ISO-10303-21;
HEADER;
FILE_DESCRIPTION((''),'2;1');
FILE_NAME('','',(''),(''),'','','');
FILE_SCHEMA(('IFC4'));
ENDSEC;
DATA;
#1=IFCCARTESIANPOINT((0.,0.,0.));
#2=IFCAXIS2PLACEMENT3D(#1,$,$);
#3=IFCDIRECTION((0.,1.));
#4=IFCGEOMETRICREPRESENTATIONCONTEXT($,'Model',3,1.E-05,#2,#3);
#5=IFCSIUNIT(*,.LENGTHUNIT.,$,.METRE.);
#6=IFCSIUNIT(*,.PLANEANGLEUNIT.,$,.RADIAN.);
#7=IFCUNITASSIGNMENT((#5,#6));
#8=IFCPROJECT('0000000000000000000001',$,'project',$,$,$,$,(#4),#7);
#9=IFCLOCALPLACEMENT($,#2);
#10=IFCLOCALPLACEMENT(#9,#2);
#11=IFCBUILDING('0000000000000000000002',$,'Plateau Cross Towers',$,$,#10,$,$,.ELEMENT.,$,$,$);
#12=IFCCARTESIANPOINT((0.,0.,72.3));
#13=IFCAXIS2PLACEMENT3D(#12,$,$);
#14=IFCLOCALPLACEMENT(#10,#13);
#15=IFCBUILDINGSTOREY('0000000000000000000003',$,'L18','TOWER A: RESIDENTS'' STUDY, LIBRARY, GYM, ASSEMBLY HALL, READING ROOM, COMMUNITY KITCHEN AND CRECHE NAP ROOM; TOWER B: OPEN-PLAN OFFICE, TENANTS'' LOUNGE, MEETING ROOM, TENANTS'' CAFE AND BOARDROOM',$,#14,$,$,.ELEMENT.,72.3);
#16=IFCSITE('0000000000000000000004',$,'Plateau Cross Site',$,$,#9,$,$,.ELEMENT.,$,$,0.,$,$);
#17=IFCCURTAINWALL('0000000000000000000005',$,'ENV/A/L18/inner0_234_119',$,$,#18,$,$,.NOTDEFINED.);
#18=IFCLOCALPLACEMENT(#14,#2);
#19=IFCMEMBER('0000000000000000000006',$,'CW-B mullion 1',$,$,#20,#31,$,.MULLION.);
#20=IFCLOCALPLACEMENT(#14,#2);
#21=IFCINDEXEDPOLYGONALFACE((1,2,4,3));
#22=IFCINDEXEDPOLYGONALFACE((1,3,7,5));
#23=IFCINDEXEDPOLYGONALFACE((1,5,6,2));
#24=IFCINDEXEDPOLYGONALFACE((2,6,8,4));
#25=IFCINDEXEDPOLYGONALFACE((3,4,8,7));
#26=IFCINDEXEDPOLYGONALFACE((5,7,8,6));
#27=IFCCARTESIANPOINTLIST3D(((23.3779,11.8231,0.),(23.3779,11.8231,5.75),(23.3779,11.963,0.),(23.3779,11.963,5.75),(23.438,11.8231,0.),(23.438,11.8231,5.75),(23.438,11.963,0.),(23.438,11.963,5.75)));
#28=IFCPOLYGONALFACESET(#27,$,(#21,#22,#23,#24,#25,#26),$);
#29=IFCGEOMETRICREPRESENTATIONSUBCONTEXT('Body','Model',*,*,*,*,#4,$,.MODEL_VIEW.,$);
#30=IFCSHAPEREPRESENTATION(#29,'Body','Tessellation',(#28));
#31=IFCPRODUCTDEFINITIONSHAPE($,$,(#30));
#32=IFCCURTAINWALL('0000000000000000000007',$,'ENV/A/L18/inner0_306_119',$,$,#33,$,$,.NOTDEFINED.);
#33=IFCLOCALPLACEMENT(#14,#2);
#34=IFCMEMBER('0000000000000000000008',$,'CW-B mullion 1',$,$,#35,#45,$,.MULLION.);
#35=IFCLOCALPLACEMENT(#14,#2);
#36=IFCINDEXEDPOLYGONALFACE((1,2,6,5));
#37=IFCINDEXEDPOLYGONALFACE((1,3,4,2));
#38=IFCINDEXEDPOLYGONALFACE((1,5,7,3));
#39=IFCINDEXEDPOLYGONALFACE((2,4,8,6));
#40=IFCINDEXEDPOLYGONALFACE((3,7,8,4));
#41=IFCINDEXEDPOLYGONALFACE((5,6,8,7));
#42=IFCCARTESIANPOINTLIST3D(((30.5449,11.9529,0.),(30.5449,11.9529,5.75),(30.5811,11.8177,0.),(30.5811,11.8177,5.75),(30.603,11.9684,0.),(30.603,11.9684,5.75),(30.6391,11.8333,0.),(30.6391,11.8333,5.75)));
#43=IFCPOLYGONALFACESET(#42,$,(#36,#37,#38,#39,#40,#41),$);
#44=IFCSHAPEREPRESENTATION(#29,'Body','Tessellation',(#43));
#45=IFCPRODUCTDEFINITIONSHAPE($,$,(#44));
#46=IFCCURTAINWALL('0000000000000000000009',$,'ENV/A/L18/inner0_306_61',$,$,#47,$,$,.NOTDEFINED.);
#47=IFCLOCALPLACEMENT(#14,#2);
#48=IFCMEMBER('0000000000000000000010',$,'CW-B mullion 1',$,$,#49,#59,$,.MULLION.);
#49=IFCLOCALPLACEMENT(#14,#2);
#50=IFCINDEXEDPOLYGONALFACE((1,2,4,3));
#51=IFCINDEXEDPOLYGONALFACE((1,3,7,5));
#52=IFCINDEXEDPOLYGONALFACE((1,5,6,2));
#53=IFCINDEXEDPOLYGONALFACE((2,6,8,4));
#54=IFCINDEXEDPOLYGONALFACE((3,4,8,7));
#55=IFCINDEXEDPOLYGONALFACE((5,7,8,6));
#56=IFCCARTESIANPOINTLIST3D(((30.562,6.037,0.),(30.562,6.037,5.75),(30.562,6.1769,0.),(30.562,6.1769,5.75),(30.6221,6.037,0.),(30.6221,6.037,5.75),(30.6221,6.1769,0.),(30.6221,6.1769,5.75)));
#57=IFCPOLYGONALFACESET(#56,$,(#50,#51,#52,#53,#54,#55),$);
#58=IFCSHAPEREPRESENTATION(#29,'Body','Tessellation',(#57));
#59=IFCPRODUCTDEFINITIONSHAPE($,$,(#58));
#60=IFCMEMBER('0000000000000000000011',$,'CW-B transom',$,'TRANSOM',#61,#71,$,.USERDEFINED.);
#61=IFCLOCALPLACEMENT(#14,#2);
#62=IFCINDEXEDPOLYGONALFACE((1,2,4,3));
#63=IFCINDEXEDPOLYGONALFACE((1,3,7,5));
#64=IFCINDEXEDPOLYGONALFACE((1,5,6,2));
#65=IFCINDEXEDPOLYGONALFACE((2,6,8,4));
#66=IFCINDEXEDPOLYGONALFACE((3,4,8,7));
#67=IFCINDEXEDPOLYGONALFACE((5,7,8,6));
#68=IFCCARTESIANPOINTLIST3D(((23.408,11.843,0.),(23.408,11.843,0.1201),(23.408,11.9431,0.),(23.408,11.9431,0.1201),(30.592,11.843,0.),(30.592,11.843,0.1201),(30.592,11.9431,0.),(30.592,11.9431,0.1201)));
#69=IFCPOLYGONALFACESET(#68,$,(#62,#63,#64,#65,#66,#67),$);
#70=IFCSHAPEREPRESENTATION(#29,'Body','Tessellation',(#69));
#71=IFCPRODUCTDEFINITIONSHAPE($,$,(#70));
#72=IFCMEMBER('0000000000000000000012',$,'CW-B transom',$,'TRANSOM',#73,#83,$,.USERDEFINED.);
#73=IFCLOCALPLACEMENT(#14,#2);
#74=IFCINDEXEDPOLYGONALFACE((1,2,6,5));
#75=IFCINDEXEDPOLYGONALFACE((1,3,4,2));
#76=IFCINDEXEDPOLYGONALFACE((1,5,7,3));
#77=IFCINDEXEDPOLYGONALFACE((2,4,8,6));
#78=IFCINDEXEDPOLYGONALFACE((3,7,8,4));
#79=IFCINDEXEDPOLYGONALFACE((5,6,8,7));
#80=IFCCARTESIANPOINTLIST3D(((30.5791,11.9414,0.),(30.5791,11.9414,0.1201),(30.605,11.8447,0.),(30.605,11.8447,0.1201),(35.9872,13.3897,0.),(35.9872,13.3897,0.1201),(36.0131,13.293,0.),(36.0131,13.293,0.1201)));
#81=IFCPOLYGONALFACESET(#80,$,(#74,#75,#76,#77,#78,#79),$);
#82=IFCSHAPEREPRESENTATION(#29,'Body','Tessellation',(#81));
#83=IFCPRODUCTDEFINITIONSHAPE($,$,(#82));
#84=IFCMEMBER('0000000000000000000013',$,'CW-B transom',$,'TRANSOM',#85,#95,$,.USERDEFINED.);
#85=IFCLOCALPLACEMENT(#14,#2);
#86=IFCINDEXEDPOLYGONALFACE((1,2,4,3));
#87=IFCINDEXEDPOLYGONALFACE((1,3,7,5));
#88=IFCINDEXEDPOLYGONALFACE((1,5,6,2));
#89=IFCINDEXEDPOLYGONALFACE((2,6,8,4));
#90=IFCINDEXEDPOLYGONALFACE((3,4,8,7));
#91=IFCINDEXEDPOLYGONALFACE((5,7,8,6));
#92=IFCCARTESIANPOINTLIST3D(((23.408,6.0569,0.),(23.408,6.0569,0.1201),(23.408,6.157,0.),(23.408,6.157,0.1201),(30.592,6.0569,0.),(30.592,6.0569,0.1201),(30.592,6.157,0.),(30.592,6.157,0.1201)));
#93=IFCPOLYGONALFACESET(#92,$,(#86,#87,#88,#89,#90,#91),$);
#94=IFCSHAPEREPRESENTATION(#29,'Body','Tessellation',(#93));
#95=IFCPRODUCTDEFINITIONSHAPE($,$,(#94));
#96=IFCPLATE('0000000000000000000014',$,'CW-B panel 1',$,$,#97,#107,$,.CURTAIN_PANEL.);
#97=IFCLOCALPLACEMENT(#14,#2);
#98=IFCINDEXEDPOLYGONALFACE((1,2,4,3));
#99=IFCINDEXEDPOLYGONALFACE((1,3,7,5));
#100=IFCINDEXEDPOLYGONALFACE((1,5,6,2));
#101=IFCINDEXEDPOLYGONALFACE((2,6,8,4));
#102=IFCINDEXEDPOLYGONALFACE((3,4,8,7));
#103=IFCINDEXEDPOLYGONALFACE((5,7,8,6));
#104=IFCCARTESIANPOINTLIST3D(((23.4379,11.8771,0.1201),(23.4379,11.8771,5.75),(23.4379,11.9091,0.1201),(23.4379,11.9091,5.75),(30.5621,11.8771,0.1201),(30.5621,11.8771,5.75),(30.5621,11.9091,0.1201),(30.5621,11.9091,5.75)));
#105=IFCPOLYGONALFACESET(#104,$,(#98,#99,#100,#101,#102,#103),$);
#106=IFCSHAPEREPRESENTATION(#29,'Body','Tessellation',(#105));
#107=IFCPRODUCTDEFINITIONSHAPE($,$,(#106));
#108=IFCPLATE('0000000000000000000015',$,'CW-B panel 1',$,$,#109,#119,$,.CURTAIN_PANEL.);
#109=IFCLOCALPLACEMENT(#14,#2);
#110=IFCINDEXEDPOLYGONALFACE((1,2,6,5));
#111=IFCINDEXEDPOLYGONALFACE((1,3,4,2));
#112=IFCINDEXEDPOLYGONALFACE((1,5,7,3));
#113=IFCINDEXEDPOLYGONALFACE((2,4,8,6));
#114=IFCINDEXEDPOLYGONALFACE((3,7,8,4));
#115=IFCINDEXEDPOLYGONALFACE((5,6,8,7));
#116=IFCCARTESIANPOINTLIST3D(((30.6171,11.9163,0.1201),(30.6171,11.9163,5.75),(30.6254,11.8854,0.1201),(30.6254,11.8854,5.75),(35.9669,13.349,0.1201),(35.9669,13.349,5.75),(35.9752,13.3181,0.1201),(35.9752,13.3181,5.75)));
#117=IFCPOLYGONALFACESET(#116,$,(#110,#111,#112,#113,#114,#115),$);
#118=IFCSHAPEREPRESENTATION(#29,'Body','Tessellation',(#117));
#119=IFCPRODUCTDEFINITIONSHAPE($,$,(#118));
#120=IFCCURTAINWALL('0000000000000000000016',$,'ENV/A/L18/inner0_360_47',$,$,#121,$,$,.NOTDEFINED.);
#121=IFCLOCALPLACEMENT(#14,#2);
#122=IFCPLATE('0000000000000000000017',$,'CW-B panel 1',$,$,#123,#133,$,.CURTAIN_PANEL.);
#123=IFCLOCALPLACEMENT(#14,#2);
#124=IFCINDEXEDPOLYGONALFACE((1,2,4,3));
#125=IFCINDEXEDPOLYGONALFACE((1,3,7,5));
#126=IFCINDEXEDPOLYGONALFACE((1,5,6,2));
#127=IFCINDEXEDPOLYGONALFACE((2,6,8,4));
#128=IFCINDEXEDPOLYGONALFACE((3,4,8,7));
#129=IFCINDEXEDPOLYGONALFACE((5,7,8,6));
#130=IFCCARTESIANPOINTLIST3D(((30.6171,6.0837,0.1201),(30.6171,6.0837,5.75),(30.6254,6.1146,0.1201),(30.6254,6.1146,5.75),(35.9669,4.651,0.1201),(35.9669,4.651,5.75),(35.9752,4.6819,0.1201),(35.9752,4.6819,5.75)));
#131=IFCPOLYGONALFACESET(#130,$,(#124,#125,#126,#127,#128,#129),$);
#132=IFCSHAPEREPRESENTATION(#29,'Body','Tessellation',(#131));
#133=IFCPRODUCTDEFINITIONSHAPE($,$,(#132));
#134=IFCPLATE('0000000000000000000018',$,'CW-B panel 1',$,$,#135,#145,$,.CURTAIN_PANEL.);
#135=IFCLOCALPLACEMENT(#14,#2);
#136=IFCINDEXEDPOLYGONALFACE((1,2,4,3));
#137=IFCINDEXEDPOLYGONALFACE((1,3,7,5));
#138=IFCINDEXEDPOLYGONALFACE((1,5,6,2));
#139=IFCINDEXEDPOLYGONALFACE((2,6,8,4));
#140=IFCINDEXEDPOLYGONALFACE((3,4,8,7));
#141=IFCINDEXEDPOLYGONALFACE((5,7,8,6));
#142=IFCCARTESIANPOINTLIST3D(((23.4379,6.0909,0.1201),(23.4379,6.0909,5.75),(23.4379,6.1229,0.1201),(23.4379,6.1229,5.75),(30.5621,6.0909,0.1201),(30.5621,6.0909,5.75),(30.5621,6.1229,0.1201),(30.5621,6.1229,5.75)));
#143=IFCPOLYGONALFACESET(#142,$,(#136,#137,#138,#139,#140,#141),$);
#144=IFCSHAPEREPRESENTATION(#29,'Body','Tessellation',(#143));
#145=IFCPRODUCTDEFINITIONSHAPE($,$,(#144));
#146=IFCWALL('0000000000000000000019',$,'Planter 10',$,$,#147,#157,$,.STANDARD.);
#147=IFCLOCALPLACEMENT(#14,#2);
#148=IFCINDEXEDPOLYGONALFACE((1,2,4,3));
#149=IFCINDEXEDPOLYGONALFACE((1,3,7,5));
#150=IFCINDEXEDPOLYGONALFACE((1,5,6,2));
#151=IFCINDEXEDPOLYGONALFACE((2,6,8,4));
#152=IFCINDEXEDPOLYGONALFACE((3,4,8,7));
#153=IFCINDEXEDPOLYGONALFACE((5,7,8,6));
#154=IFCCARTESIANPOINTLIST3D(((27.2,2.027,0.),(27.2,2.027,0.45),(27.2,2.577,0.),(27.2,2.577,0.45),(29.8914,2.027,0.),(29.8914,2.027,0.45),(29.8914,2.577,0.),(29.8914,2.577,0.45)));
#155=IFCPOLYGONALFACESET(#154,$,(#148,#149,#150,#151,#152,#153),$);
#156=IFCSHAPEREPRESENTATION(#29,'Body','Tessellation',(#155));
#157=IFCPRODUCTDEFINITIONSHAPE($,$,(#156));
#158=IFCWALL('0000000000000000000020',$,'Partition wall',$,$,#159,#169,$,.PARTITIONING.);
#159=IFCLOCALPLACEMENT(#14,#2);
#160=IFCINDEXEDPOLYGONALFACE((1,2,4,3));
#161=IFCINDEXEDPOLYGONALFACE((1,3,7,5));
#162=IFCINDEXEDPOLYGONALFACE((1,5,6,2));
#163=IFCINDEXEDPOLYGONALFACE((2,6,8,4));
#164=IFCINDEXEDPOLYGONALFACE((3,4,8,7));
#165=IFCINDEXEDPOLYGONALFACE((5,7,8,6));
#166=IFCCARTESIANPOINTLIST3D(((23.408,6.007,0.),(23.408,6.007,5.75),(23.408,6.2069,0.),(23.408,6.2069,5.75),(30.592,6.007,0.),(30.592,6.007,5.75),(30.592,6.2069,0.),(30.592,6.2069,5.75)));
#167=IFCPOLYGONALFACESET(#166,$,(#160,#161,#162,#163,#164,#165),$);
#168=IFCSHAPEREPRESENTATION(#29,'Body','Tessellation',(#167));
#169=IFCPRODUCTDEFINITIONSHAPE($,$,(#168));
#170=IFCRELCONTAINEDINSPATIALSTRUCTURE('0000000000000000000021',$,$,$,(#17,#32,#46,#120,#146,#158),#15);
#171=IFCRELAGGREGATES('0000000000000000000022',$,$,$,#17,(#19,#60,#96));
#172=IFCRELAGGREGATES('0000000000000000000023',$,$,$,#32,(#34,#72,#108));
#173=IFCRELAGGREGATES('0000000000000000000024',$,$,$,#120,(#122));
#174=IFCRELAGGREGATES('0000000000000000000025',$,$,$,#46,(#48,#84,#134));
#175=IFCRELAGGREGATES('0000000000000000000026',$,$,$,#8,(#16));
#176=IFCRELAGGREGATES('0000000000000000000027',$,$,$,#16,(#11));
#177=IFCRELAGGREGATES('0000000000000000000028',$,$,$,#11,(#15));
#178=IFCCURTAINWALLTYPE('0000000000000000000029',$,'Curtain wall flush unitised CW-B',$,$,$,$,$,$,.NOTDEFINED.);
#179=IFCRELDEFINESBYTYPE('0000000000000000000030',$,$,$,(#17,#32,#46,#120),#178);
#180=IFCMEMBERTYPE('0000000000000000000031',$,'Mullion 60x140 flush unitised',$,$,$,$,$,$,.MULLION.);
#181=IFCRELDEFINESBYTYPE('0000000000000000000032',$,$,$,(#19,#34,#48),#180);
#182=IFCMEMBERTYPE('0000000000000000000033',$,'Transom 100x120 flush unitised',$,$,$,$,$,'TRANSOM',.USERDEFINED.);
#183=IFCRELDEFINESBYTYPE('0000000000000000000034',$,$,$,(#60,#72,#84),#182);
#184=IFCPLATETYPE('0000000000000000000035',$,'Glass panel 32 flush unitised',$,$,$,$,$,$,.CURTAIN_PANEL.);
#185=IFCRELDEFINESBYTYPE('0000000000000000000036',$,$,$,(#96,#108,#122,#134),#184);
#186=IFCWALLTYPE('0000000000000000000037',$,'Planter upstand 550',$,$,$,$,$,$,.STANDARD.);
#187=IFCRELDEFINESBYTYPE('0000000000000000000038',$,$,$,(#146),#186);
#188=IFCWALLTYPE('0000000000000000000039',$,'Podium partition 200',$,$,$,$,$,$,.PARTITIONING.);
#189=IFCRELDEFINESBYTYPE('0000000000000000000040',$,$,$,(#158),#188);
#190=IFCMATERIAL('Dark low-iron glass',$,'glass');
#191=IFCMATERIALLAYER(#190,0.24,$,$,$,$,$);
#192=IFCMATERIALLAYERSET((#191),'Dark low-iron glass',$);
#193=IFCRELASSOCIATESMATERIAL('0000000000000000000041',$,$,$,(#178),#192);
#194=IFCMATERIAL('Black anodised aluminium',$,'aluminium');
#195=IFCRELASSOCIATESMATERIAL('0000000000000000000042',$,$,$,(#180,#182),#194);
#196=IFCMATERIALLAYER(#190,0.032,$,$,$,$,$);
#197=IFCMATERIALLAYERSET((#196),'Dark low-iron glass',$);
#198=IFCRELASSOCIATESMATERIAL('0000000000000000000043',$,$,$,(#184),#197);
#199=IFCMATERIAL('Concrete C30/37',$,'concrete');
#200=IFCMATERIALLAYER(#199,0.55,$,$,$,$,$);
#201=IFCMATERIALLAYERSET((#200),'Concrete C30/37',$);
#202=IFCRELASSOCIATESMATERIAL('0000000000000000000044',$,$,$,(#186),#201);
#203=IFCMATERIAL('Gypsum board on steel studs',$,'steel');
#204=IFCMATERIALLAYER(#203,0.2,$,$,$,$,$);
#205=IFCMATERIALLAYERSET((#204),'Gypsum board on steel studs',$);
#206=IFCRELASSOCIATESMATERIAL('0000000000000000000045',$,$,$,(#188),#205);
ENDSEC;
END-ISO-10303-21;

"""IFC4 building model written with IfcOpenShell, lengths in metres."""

from ifc_helpers import new_model, si_unit, direction, frame, frame_2d, origin, origin_2d, place, context, subcontext, project, spatial, rectangle, extrude, material, layer, layer_set, material_profile, profile_set, type_object, element, aggregate, save


model = new_model("IFC4")

# Units and contexts
model_context = context("Model", 3, precision=1e-05, world=origin(), true_north=direction((0.0, 1.0)))
body_context = subcontext(model_context, "Body", "Model", "MODEL_VIEW")
ifc_project = project(units=[si_unit("LENGTHUNIT", "METRE"), si_unit("PLANEANGLEUNIT", "RADIAN")], contexts=[model_context])

# Site, building, storey
site_placement = place(None, origin())
site = spatial("IfcSite", under=ifc_project, at=site_placement, Name="Plateau Cross Site", CompositionType="ELEMENT", RefElevation=0.0)
building_placement = place(site_placement, origin())
building = spatial("IfcBuilding", under=site, at=building_placement, Name="Plateau Cross Towers", CompositionType="ELEMENT")
storey_placement = place(building_placement, frame((0.0, 0.0, 72.3)))
storey = spatial("IfcBuildingStorey", under=building, at=storey_placement, Name="L18", Description="TOWER A: RESIDENTS' STUDY, LIBRARY, GYM, ASSEMBLY HALL, READING ROOM, COMMUNITY KITCHEN AND CRECHE NAP ROOM; TOWER B: OPEN-PLAN OFFICE, TENANTS' LOUNGE, MEETING ROOM, TENANTS' CAFE AND BOARDROOM", CompositionType="ELEMENT", Elevation=72.3)

# Curtain walls, members
ifc_material_1 = material(Name="Dark low-iron glass", Category="glass")
ifc_layer_1 = layer(ifc_material_1, 0.24)
ifc_layer_set_1 = layer_set([ifc_layer_1], Name="Dark low-iron glass")
curtain_wall_type = type_object("IfcCurtainWallType", Name="Curtain wall flush unitised CW-B", PredefinedType="NOTDEFINED", material=ifc_layer_set_1)
curtain_wall_1_placement = place(storey_placement, origin())
curtain_wall_1 = element("IfcCurtainWall", 1, at=curtain_wall_1_placement, inside=storey, type_object=curtain_wall_type, Name="ENV/A/L18/inner0_234_119", PredefinedType="NOTDEFINED")
ifc_material_2 = material(Name="Black anodised aluminium", Category="aluminium")
ifc_material_profile_1 = material_profile(ifc_material_2, rectangle(XDim=0.0601, YDim=0.1399, at=origin_2d()), Name="MULLION 60x140")
ifc_profile_set_1 = profile_set([ifc_material_profile_1], Name="Black anodised aluminium")
member_type_1 = type_object("IfcMemberType", Name="Mullion 60x140 flush unitised", PredefinedType="MULLION", material=ifc_profile_set_1)
member_1_placement = place(storey_placement, frame((23.408, 11.8931, 0.0), z_axis=(0.0, 0.0, 1.0), x_axis=(1.0, 0.0, 0.0)))
member_1 = element("IfcMember", 2, at=member_1_placement, type_object=member_type_1, Name="CW-B mullion 1", PredefinedType="MULLION", context=body_context, shape_type="SweptSolid", body=[
    extrude(rectangle(XDim=0.0601, YDim=0.1399, at=origin_2d()), origin(), (0.0, 0.0, 1.0), 5.75),
])
curtain_wall_2_placement = place(storey_placement, origin())
curtain_wall_2 = element("IfcCurtainWall", 3, at=curtain_wall_2_placement, inside=storey, type_object=curtain_wall_type, Name="ENV/A/L18/inner0_306_119", PredefinedType="NOTDEFINED")
member_2_placement = place(storey_placement, frame((30.592, 11.8931, 0.0), z_axis=(0.0, 0.0, 1.0), x_axis=(0.965958, 0.258699, 0.0)))
member_2 = element("IfcMember", 4, at=member_2_placement, type_object=member_type_1, Name="CW-B mullion 1", PredefinedType="MULLION", context=body_context, shape_type="SweptSolid", body=[
    extrude(rectangle(XDim=0.0601, YDim=0.1399, at=origin_2d()), origin(), (0.0, 0.0, 1.0), 5.75),
])
curtain_wall_3_placement = place(storey_placement, origin())
curtain_wall_3 = element("IfcCurtainWall", 5, at=curtain_wall_3_placement, inside=storey, type_object=curtain_wall_type, Name="ENV/A/L18/inner0_306_61", PredefinedType="NOTDEFINED")
member_3_placement = place(storey_placement, frame((30.592, 6.1069, 0.0), z_axis=(0.0, 0.0, 1.0), x_axis=(-1.0, 0.0, 0.0)))
member_3 = element("IfcMember", 6, at=member_3_placement, type_object=member_type_1, Name="CW-B mullion 1", PredefinedType="MULLION", context=body_context, shape_type="SweptSolid", body=[
    extrude(rectangle(XDim=0.0601, YDim=0.1399, at=origin_2d()), origin(), (0.0, 0.0, 1.0), 5.75),
])

# Members
ifc_material_profile_2 = material_profile(ifc_material_2, rectangle(XDim=0.1001, YDim=0.1201, at=origin_2d()), Name="TRANSOM 100x120")
ifc_profile_set_2 = profile_set([ifc_material_profile_2], Name="Black anodised aluminium")
member_type_2 = type_object("IfcMemberType", Name="Transom 100x120 flush unitised", ElementType="TRANSOM", PredefinedType="USERDEFINED", material=ifc_profile_set_2)
member_4_placement = place(storey_placement, frame((23.408, 11.8931, 0.0601), z_axis=(1.0, 0.0, 0.0), x_axis=(0.0, 1.0, 0.0)))
member_4 = element("IfcMember", 7, at=member_4_placement, type_object=member_type_2, Name="CW-B transom", ObjectType="TRANSOM", PredefinedType="USERDEFINED", context=body_context, shape_type="SweptSolid", body=[
    extrude(rectangle(XDim=0.1001, YDim=0.1201, at=origin_2d()), origin(), (0.0, 0.0, 1.0), 7.1841),
])
member_5_placement = place(storey_placement, frame((30.592, 11.8931, 0.0601), z_axis=(0.965962, 0.258683, 0.0), x_axis=(-0.258683, 0.965962, 0.0)))
member_5 = element("IfcMember", 8, at=member_5_placement, type_object=member_type_2, Name="CW-B transom", ObjectType="TRANSOM", PredefinedType="USERDEFINED", context=body_context, shape_type="SweptSolid", body=[
    extrude(rectangle(XDim=0.1001, YDim=0.1201, at=origin_2d()), origin(), (0.0, 0.0, 1.0), 5.5986),
])
member_6_placement = place(storey_placement, frame((30.592, 6.1069, 0.0601), z_axis=(-1.0, 0.0, 0.0), x_axis=(0.0, -1.0, 0.0)))
member_6 = element("IfcMember", 9, at=member_6_placement, type_object=member_type_2, Name="CW-B transom", ObjectType="TRANSOM", PredefinedType="USERDEFINED", context=body_context, shape_type="SweptSolid", body=[
    extrude(rectangle(XDim=0.1001, YDim=0.1201, at=origin_2d()), origin(), (0.0, 0.0, 1.0), 7.1841),
])

# Plates
ifc_layer_2 = layer(ifc_material_1, 0.032)
ifc_layer_set_2 = layer_set([ifc_layer_2], Name="Dark low-iron glass")
plate_type = type_object("IfcPlateType", Name="Glass panel 32 flush unitised", PredefinedType="CURTAIN_PANEL", material=ifc_layer_set_2)
plate_1_placement = place(storey_placement, frame((27.0, 11.8931, 0.1201), z_axis=(0.0, 0.0, 1.0), x_axis=(1.0, 0.0, 0.0)))
plate_1 = element("IfcPlate", 10, at=plate_1_placement, type_object=plate_type, Name="CW-B panel 1", PredefinedType="CURTAIN_PANEL", context=body_context, shape_type="SweptSolid", body=[
    extrude(rectangle(XDim=7.1243, YDim=0.032, at=origin_2d()), origin(), (0.0, 0.0, 1.0), 5.6299),
])
aggregate(curtain_wall_1, [member_1, member_4, plate_1])
plate_2_placement = place(storey_placement, frame((33.2961, 12.6172, 0.1201), z_axis=(0.0, 0.0, 1.0), x_axis=(0.965958, 0.258699, 0.0)))
plate_2 = element("IfcPlate", 11, at=plate_2_placement, type_object=plate_type, Name="CW-B panel 1", PredefinedType="CURTAIN_PANEL", context=body_context, shape_type="SweptSolid", body=[
    extrude(rectangle(XDim=5.5383, YDim=0.032, at=origin_2d()), origin(), (0.0, 0.0, 1.0), 5.6299),
])
aggregate(curtain_wall_2, [member_2, member_5, plate_2])

# Curtain wall, plate
curtain_wall_4_placement = place(storey_placement, origin())
curtain_wall_4 = element("IfcCurtainWall", 12, at=curtain_wall_4_placement, inside=storey, type_object=curtain_wall_type, Name="ENV/A/L18/inner0_360_47", PredefinedType="NOTDEFINED")
plate_3_placement = place(storey_placement, frame((33.2961, 5.3828, 0.1201), z_axis=(0.0, 0.0, 1.0), x_axis=(-0.965958, 0.258699, 0.0)))
plate_3 = element("IfcPlate", 13, at=plate_3_placement, type_object=plate_type, Name="CW-B panel 1", PredefinedType="CURTAIN_PANEL", context=body_context, shape_type="SweptSolid", body=[
    extrude(rectangle(XDim=5.5383, YDim=0.032, at=origin_2d()), origin(), (0.0, 0.0, 1.0), 5.6299),
])
aggregate(curtain_wall_4, [plate_3])

# Plate
plate_4_placement = place(storey_placement, frame((27.0, 6.1069, 0.1201), z_axis=(0.0, 0.0, 1.0), x_axis=(-1.0, 0.0, 0.0)))
plate_4 = element("IfcPlate", 14, at=plate_4_placement, type_object=plate_type, Name="CW-B panel 1", PredefinedType="CURTAIN_PANEL", context=body_context, shape_type="SweptSolid", body=[
    extrude(rectangle(XDim=7.1243, YDim=0.032, at=origin_2d()), origin(), (0.0, 0.0, 1.0), 5.6299),
])
aggregate(curtain_wall_3, [member_3, member_6, plate_4])

# Walls
ifc_material_3 = material(Name="Concrete C30/37", Category="concrete")
ifc_layer_3 = layer(ifc_material_3, 0.55)
ifc_layer_set_3 = layer_set([ifc_layer_3], Name="Concrete C30/37")
wall_type_1 = type_object("IfcWallType", Name="Planter upstand 550", PredefinedType="STANDARD", material=ifc_layer_set_3)
wall_1_placement = place(storey_placement, frame((29.8914, 2.302, 0.0), z_axis=(0.0, 0.0, 1.0), x_axis=(-1.0, 0.0, 0.0)))
element("IfcWall", 15, at=wall_1_placement, inside=storey, type_object=wall_type_1, Name="Planter 10", PredefinedType="STANDARD", context=body_context, shape_type="SweptSolid", body=[
    extrude(rectangle(XDim=2.6914, YDim=0.55, at=frame_2d((1.3457, 0.0))), origin(), (0.0, 0.0, 1.0), 0.45),
])
ifc_material_4 = material(Name="Gypsum board on steel studs", Category="steel")
ifc_layer_4 = layer(ifc_material_4, 0.2)
ifc_layer_set_4 = layer_set([ifc_layer_4], Name="Gypsum board on steel studs")
wall_type_2 = type_object("IfcWallType", Name="Podium partition 200", PredefinedType="PARTITIONING", material=ifc_layer_set_4)
wall_2_placement = place(storey_placement, frame((23.408, 6.1069, 0.0), z_axis=(0.0, 0.0, 1.0), x_axis=(1.0, 0.0, 0.0)))
element("IfcWall", 16, at=wall_2_placement, inside=storey, type_object=wall_type_2, Name="Partition wall", PredefinedType="PARTITIONING", context=body_context, shape_type="SweptSolid", body=[
    extrude(rectangle(XDim=7.1841, YDim=0.2, at=frame_2d((3.592, 0.0))), origin(), (0.0, 0.0, 1.0), 5.75),
])

save(model, "model.ifc")
